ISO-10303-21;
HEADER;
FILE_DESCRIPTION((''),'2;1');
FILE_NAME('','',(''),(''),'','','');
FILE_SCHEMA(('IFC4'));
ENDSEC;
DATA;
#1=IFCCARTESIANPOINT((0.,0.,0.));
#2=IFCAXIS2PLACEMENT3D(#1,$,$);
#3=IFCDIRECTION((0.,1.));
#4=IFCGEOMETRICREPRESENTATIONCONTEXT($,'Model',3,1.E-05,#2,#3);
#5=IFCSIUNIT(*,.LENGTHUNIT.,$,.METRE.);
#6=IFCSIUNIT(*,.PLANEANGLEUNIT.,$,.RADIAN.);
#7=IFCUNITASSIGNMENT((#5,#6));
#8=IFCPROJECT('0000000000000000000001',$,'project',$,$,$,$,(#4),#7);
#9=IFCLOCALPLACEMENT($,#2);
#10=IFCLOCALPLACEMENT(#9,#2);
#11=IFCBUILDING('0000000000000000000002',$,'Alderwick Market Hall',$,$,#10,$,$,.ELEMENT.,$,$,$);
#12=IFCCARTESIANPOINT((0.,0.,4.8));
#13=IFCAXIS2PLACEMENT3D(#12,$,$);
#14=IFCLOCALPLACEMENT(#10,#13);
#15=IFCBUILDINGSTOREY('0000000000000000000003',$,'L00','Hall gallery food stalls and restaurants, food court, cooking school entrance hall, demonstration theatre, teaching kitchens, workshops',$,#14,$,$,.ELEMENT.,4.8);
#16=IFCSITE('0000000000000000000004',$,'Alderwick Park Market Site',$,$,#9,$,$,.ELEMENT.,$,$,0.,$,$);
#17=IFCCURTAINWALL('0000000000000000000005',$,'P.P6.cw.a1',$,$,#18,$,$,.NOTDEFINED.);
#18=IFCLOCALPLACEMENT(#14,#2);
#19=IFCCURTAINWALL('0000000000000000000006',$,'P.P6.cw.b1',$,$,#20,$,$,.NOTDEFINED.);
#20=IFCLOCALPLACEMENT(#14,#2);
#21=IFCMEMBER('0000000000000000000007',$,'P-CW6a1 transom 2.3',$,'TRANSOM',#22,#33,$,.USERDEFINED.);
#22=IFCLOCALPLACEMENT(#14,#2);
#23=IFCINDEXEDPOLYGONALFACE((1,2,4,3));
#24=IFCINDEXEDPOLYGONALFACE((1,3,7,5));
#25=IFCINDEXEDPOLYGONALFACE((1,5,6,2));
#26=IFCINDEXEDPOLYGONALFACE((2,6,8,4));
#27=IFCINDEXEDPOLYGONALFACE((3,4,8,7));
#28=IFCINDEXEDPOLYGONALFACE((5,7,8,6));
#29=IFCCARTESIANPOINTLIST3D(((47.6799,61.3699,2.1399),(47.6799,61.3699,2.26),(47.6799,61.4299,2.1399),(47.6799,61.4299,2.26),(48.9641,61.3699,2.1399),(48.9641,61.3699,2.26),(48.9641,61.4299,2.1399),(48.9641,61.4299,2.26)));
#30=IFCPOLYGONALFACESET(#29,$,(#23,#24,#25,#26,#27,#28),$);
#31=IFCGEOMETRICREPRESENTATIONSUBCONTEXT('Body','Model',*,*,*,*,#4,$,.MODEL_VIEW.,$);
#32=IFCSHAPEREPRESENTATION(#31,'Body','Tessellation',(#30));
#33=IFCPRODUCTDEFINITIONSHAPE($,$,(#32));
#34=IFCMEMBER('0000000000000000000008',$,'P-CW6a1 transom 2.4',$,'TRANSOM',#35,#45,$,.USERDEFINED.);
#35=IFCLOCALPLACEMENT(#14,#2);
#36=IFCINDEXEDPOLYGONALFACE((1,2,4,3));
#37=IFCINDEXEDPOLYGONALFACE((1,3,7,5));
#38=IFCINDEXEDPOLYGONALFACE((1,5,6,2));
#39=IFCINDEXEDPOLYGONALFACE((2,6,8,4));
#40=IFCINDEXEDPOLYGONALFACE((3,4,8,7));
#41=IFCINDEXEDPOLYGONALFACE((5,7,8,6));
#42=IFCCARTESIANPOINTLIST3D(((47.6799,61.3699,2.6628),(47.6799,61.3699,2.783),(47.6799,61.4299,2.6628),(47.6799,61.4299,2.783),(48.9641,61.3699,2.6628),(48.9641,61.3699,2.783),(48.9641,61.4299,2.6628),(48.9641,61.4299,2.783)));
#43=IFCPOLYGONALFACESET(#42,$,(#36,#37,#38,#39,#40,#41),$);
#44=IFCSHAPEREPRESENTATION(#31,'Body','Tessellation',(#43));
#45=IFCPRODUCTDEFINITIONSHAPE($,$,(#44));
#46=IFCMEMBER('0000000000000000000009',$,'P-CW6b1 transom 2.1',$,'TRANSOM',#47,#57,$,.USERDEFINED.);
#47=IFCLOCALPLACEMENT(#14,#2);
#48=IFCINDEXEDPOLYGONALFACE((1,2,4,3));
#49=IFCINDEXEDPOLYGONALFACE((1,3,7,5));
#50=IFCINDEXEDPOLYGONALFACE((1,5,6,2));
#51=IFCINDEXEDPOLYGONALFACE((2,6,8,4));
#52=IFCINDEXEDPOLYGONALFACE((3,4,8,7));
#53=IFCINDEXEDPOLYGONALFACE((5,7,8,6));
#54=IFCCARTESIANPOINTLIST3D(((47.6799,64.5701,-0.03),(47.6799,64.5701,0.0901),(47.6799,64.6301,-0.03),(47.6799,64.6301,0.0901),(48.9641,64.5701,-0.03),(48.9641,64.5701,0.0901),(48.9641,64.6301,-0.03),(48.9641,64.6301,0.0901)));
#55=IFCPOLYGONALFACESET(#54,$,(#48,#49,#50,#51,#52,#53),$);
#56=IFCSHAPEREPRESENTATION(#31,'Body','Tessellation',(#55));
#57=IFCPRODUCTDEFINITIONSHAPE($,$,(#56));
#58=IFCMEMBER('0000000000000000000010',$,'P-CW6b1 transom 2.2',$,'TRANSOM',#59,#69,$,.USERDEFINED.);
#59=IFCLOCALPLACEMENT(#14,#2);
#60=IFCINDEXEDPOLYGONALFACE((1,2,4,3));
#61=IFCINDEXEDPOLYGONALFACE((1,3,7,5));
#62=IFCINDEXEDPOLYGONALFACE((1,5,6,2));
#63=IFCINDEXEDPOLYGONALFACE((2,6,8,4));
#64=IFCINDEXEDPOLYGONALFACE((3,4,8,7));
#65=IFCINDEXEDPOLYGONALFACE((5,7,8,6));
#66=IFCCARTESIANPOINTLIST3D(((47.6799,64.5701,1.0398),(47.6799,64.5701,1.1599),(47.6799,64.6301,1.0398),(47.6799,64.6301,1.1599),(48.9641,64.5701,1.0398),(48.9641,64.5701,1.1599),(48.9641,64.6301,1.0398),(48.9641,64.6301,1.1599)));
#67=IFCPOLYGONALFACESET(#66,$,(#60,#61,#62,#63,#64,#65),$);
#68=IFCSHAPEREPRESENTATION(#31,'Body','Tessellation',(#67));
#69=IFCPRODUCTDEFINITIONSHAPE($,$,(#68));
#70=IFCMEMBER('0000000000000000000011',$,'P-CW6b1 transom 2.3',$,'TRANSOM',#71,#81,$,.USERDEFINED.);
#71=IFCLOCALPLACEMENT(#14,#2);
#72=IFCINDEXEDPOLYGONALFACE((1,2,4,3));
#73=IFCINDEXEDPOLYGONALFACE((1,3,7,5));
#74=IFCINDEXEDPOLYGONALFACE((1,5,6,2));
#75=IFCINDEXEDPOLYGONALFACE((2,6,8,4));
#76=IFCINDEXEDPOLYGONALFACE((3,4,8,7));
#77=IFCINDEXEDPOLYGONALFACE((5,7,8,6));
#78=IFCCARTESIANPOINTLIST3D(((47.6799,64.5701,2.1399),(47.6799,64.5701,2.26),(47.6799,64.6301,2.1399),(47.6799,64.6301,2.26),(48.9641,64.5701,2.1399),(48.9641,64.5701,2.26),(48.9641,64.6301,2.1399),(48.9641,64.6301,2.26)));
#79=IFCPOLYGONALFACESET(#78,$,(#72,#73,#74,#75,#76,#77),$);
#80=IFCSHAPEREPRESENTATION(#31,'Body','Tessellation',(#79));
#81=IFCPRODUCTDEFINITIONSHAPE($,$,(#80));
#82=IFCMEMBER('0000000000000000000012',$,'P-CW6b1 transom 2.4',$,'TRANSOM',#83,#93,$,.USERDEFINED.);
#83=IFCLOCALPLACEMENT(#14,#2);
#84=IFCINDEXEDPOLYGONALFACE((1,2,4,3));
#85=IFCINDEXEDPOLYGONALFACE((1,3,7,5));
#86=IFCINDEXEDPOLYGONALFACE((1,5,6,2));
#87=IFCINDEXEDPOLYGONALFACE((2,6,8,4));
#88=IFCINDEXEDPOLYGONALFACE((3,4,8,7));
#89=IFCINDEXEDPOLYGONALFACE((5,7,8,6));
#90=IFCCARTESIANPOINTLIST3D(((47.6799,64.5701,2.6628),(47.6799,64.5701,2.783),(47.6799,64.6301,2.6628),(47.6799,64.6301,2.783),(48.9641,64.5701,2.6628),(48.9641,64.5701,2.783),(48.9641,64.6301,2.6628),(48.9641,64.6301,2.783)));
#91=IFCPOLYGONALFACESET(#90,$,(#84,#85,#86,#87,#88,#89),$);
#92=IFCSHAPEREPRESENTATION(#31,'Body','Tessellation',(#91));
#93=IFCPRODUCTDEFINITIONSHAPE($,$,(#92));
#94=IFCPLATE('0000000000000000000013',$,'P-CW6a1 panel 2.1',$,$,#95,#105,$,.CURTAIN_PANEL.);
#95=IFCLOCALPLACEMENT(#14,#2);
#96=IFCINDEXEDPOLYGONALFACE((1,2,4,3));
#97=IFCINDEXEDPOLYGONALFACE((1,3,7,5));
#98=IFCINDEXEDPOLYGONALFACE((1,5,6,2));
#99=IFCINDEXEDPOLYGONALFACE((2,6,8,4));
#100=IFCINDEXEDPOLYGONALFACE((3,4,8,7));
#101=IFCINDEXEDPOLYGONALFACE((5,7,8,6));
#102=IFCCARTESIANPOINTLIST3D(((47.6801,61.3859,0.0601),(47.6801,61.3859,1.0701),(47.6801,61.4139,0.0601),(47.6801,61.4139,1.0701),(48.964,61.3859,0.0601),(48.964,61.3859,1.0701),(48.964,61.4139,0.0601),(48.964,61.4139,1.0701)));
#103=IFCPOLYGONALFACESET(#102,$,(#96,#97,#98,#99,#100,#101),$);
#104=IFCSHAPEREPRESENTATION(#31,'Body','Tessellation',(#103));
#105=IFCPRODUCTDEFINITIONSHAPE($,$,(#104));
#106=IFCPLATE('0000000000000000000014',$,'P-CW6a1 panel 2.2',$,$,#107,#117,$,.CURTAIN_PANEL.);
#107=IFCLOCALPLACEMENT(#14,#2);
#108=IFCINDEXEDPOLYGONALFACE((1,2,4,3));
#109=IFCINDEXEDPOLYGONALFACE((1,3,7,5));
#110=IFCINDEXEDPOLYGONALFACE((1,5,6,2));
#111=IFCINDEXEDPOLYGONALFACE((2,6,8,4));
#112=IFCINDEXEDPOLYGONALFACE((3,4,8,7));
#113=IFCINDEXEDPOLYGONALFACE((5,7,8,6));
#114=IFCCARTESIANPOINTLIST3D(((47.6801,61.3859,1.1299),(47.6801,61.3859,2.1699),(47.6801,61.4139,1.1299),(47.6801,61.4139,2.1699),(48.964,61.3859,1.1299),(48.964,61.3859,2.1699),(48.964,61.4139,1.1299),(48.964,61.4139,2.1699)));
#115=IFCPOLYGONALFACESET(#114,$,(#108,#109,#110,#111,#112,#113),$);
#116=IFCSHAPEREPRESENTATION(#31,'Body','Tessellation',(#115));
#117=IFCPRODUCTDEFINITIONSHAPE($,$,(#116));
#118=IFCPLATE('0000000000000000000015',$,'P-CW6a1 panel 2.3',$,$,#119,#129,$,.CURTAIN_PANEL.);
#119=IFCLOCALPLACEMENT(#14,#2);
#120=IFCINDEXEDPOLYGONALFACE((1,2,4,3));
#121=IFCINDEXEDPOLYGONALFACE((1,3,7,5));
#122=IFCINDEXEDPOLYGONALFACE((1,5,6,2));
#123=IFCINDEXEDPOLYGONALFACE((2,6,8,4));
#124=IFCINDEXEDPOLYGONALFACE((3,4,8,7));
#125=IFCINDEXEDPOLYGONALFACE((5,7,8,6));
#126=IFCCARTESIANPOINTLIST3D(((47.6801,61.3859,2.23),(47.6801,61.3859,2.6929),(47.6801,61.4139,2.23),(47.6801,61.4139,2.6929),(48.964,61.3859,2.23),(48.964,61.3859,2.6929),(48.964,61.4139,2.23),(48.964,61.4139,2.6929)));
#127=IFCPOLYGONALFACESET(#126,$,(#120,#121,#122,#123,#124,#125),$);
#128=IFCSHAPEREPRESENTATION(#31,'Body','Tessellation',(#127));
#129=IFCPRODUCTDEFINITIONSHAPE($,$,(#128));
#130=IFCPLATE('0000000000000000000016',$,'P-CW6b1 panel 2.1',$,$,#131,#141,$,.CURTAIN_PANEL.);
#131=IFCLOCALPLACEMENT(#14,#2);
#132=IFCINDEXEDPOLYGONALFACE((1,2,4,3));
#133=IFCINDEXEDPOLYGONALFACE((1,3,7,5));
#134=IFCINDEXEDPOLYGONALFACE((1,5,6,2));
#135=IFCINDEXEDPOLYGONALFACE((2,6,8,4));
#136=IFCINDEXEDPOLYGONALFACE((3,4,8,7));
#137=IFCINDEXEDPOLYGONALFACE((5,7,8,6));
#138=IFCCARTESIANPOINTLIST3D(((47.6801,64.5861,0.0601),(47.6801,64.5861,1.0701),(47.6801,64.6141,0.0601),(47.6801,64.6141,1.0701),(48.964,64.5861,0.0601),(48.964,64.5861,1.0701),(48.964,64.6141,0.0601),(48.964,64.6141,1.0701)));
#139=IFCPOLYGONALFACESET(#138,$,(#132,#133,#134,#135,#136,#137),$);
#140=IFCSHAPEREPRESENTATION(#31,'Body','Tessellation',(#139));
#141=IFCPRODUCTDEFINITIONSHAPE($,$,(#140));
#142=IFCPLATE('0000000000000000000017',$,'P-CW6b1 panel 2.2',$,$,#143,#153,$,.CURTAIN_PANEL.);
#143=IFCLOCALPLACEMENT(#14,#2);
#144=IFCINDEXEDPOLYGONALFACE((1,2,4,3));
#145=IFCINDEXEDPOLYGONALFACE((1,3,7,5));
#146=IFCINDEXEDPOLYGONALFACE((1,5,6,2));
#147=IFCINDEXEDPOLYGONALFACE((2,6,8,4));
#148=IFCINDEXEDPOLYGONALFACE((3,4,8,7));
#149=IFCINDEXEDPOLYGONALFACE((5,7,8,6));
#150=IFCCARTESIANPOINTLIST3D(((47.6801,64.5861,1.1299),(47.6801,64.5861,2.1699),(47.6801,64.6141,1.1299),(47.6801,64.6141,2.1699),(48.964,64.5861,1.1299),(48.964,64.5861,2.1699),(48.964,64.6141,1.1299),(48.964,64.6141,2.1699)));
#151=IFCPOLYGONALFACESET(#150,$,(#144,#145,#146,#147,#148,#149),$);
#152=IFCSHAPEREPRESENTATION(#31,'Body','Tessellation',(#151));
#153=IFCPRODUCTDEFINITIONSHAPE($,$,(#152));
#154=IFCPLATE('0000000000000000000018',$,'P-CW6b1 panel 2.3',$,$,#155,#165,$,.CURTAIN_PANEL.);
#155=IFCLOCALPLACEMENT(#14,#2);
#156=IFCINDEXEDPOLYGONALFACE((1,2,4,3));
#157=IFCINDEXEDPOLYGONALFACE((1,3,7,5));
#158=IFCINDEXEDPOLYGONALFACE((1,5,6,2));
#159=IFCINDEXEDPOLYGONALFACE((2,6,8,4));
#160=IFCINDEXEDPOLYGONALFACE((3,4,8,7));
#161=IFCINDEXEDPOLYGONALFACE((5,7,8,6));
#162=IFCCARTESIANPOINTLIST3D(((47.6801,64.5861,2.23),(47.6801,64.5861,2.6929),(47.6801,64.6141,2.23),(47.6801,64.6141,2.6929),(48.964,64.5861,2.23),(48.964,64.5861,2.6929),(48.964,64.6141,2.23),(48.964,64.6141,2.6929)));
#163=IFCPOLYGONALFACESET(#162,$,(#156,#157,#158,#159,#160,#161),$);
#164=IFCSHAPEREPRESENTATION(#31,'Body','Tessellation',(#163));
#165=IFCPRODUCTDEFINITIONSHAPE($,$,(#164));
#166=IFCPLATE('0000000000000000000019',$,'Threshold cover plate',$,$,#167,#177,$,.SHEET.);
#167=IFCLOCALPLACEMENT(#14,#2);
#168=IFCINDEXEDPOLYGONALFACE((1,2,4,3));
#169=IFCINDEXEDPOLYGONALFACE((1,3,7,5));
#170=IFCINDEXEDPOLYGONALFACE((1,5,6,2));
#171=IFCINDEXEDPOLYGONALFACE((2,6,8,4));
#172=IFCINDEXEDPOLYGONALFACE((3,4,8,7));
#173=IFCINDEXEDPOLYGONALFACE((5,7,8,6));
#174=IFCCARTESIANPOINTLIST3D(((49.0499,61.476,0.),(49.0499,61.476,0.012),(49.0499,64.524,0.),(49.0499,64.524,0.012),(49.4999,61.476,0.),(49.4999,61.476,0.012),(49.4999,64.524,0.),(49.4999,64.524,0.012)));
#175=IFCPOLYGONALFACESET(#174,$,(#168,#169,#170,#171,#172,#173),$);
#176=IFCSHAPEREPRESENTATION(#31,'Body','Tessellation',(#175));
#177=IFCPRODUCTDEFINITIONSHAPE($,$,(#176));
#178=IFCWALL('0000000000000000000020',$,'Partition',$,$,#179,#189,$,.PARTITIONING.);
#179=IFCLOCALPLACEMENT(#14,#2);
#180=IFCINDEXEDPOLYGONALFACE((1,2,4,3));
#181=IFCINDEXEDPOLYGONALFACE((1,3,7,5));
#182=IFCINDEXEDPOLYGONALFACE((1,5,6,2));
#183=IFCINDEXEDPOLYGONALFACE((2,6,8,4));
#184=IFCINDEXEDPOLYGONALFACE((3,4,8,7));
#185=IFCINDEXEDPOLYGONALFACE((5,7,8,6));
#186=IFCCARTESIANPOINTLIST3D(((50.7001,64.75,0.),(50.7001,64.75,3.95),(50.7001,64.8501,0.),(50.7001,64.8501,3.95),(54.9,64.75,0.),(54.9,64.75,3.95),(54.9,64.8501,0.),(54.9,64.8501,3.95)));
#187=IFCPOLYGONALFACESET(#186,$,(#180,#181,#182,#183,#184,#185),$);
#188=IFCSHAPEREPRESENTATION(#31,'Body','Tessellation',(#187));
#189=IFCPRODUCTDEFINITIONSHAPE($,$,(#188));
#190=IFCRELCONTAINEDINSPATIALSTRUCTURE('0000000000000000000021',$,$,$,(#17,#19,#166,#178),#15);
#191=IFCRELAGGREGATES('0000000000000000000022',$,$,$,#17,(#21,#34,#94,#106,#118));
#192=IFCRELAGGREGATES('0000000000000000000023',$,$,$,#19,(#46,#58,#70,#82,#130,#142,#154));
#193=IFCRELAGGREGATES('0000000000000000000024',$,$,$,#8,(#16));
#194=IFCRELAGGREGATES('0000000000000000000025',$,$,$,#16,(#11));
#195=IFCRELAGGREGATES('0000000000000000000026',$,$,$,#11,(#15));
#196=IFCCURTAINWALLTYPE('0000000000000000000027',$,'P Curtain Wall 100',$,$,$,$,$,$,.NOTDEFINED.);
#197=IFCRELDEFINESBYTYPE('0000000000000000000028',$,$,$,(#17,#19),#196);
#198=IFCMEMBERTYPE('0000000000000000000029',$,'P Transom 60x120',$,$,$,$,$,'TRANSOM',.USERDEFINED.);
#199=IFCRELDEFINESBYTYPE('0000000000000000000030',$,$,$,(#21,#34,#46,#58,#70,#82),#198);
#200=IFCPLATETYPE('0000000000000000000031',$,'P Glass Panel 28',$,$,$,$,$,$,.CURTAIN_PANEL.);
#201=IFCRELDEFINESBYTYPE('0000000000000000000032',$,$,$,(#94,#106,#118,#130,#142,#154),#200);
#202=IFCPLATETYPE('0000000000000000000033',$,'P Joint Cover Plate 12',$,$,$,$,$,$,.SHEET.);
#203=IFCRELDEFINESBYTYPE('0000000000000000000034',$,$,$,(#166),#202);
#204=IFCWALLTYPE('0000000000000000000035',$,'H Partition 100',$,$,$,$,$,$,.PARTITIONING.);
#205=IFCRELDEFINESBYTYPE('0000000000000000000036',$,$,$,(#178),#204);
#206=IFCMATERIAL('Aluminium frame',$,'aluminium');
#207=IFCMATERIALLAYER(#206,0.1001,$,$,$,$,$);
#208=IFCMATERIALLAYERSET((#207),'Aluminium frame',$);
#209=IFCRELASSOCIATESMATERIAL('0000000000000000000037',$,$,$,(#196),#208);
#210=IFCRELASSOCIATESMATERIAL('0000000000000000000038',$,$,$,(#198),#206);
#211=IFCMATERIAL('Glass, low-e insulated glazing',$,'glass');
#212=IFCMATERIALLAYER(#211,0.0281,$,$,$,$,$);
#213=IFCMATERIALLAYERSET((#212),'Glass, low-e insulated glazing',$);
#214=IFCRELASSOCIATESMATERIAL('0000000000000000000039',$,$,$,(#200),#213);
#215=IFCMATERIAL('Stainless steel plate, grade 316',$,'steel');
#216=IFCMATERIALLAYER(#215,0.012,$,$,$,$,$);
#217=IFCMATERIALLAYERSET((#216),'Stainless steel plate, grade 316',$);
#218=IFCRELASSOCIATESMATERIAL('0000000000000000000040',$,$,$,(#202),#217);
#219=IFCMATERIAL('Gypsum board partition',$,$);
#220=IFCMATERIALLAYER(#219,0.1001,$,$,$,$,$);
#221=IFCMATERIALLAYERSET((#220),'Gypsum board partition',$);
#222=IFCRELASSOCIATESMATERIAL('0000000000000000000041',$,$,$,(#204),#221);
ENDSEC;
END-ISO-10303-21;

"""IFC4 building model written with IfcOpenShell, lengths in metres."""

from ifc_helpers import new_model, si_unit, direction, frame, frame_2d, origin, origin_2d, place, context, subcontext, project, spatial, rectangle, extrude, material, layer, layer_set, material_profile, profile_set, type_object, element, aggregate, save


model = new_model("IFC4")

# Units and contexts
model_context = context("Model", 3, precision=1e-05, world=origin(), true_north=direction((0.0, 1.0)))
body_context = subcontext(model_context, "Body", "Model", "MODEL_VIEW")
ifc_project = project(units=[si_unit("LENGTHUNIT", "METRE"), si_unit("PLANEANGLEUNIT", "RADIAN")], contexts=[model_context])

# Site, building, storey
site_placement = place(None, origin())
site = spatial("IfcSite", under=ifc_project, at=site_placement, Name="Alderwick Park Market Site", CompositionType="ELEMENT", RefElevation=0.0)
building_placement = place(site_placement, origin())
building = spatial("IfcBuilding", under=site, at=building_placement, Name="Alderwick Market Hall", CompositionType="ELEMENT")
storey_placement = place(building_placement, frame((0.0, 0.0, 4.8)))
storey = spatial("IfcBuildingStorey", under=building, at=storey_placement, Name="L00", Description="Hall gallery food stalls and restaurants, food court, cooking school entrance hall, demonstration theatre, teaching kitchens, workshops", CompositionType="ELEMENT", Elevation=4.8)

# Curtain walls
ifc_material_1 = material(Name="Aluminium frame", Category="aluminium")
ifc_layer_1 = layer(ifc_material_1, 0.1001)
ifc_layer_set_1 = layer_set([ifc_layer_1], Name="Aluminium frame")
curtain_wall_type = type_object("IfcCurtainWallType", Name="P Curtain Wall 100", PredefinedType="NOTDEFINED", material=ifc_layer_set_1)
curtain_wall_1_placement = place(storey_placement, origin())
curtain_wall_1 = element("IfcCurtainWall", 1, at=curtain_wall_1_placement, inside=storey, type_object=curtain_wall_type, Name="P.P6.cw.a1", PredefinedType="NOTDEFINED")
curtain_wall_2_placement = place(storey_placement, origin())
curtain_wall_2 = element("IfcCurtainWall", 2, at=curtain_wall_2_placement, inside=storey, type_object=curtain_wall_type, Name="P.P6.cw.b1", PredefinedType="NOTDEFINED")

# Members
ifc_material_profile_1 = material_profile(ifc_material_1, rectangle(XDim=0.0601, YDim=0.1201, at=origin_2d()), Name="P Transom 60x120")
ifc_profile_set_1 = profile_set([ifc_material_profile_1], Name="Aluminium frame")
member_type_1 = type_object("IfcMemberType", Name="P Transom 60x120", ElementType="TRANSOM", PredefinedType="USERDEFINED", material=ifc_profile_set_1)
member_1_placement = place(storey_placement, frame((47.6799, 61.3999, 2.2), z_axis=(1.0, 0.0, 0.0), x_axis=(0.0, 1.0, 0.0)))
member_1 = element("IfcMember", 3, at=member_1_placement, type_object=member_type_1, Name="P-CW6a1 transom 2.3", ObjectType="TRANSOM", PredefinedType="USERDEFINED", context=body_context, shape_type="SweptSolid", body=[
    extrude(rectangle(XDim=0.0601, YDim=0.1201, at=origin_2d()), origin(), (0.0, 0.0, 1.0), 1.2842),
])
member_2_placement = place(storey_placement, frame((47.6799, 61.3999, 2.7229), z_axis=(1.0, 0.0, 0.0), x_axis=(0.0, 1.0, 0.0)))
member_2 = element("IfcMember", 4, at=member_2_placement, type_object=member_type_1, Name="P-CW6a1 transom 2.4", ObjectType="TRANSOM", PredefinedType="USERDEFINED", context=body_context, shape_type="SweptSolid", body=[
    extrude(rectangle(XDim=0.0601, YDim=0.1201, at=origin_2d()), origin(), (0.0, 0.0, 1.0), 1.2842),
])
member_3_placement = place(storey_placement, frame((47.6799, 64.6001, 0.03), z_axis=(1.0, 0.0, 0.0), x_axis=(0.0, 1.0, 0.0)))
member_3 = element("IfcMember", 5, at=member_3_placement, type_object=member_type_1, Name="P-CW6b1 transom 2.1", ObjectType="TRANSOM", PredefinedType="USERDEFINED", context=body_context, shape_type="SweptSolid", body=[
    extrude(rectangle(XDim=0.0601, YDim=0.1201, at=origin_2d()), origin(), (0.0, 0.0, 1.0), 1.2842),
])
member_4_placement = place(storey_placement, frame((47.6799, 64.6001, 1.0999), z_axis=(1.0, 0.0, 0.0), x_axis=(0.0, 1.0, 0.0)))
member_4 = element("IfcMember", 6, at=member_4_placement, type_object=member_type_1, Name="P-CW6b1 transom 2.2", ObjectType="TRANSOM", PredefinedType="USERDEFINED", context=body_context, shape_type="SweptSolid", body=[
    extrude(rectangle(XDim=0.0601, YDim=0.1201, at=origin_2d()), origin(), (0.0, 0.0, 1.0), 1.2842),
])
member_5_placement = place(storey_placement, frame((47.6799, 64.6001, 2.2), z_axis=(1.0, 0.0, 0.0), x_axis=(0.0, 1.0, 0.0)))
member_5 = element("IfcMember", 7, at=member_5_placement, type_object=member_type_1, Name="P-CW6b1 transom 2.3", ObjectType="TRANSOM", PredefinedType="USERDEFINED", context=body_context, shape_type="SweptSolid", body=[
    extrude(rectangle(XDim=0.0601, YDim=0.1201, at=origin_2d()), origin(), (0.0, 0.0, 1.0), 1.2842),
])
member_6_placement = place(storey_placement, frame((47.6799, 64.6001, 2.7229), z_axis=(1.0, 0.0, 0.0), x_axis=(0.0, 1.0, 0.0)))
member_6 = element("IfcMember", 8, at=member_6_placement, type_object=member_type_1, Name="P-CW6b1 transom 2.4", ObjectType="TRANSOM", PredefinedType="USERDEFINED", context=body_context, shape_type="SweptSolid", body=[
    extrude(rectangle(XDim=0.0601, YDim=0.1201, at=origin_2d()), origin(), (0.0, 0.0, 1.0), 1.2842),
])

# Plates
ifc_material_2 = material(Name="Glass, low-e insulated glazing", Category="glass")
ifc_layer_2 = layer(ifc_material_2, 0.0281)
ifc_layer_set_2 = layer_set([ifc_layer_2], Name="Glass, low-e insulated glazing")
plate_type_1 = type_object("IfcPlateType", Name="P Glass Panel 28", PredefinedType="CURTAIN_PANEL", material=ifc_layer_set_2)
plate_1_placement = place(storey_placement, frame((48.322, 61.3999, 0.0601), z_axis=(0.0, 0.0, 1.0), x_axis=(1.0, 0.0, 0.0)))
plate_1 = element("IfcPlate", 9, at=plate_1_placement, type_object=plate_type_1, Name="P-CW6a1 panel 2.1", PredefinedType="CURTAIN_PANEL", context=body_context, shape_type="SweptSolid", body=[
    extrude(rectangle(XDim=1.2839, YDim=0.0281, at=origin_2d()), origin(), (0.0, 0.0, 1.0), 1.01),
])
plate_2_placement = place(storey_placement, frame((48.322, 61.3999, 1.1299), z_axis=(0.0, 0.0, 1.0), x_axis=(1.0, 0.0, 0.0)))
plate_2 = element("IfcPlate", 10, at=plate_2_placement, type_object=plate_type_1, Name="P-CW6a1 panel 2.2", PredefinedType="CURTAIN_PANEL", context=body_context, shape_type="SweptSolid", body=[
    extrude(rectangle(XDim=1.2839, YDim=0.0281, at=origin_2d()), origin(), (0.0, 0.0, 1.0), 1.04),
])
plate_3_placement = place(storey_placement, frame((48.322, 61.3999, 2.23), z_axis=(0.0, 0.0, 1.0), x_axis=(1.0, 0.0, 0.0)))
plate_3 = element("IfcPlate", 11, at=plate_3_placement, type_object=plate_type_1, Name="P-CW6a1 panel 2.3", PredefinedType="CURTAIN_PANEL", context=body_context, shape_type="SweptSolid", body=[
    extrude(rectangle(XDim=1.2839, YDim=0.0281, at=origin_2d()), origin(), (0.0, 0.0, 1.0), 0.4629),
])
aggregate(curtain_wall_1, [member_1, member_2, plate_1, plate_2, plate_3])
plate_4_placement = place(storey_placement, frame((48.322, 64.6001, 0.0601), z_axis=(0.0, 0.0, 1.0), x_axis=(1.0, 0.0, 0.0)))
plate_4 = element("IfcPlate", 12, at=plate_4_placement, type_object=plate_type_1, Name="P-CW6b1 panel 2.1", PredefinedType="CURTAIN_PANEL", context=body_context, shape_type="SweptSolid", body=[
    extrude(rectangle(XDim=1.2839, YDim=0.0281, at=origin_2d()), origin(), (0.0, 0.0, 1.0), 1.01),
])
plate_5_placement = place(storey_placement, frame((48.322, 64.6001, 1.1299), z_axis=(0.0, 0.0, 1.0), x_axis=(1.0, 0.0, 0.0)))
plate_5 = element("IfcPlate", 13, at=plate_5_placement, type_object=plate_type_1, Name="P-CW6b1 panel 2.2", PredefinedType="CURTAIN_PANEL", context=body_context, shape_type="SweptSolid", body=[
    extrude(rectangle(XDim=1.2839, YDim=0.0281, at=origin_2d()), origin(), (0.0, 0.0, 1.0), 1.04),
])
plate_6_placement = place(storey_placement, frame((48.322, 64.6001, 2.23), z_axis=(0.0, 0.0, 1.0), x_axis=(1.0, 0.0, 0.0)))
plate_6 = element("IfcPlate", 14, at=plate_6_placement, type_object=plate_type_1, Name="P-CW6b1 panel 2.3", PredefinedType="CURTAIN_PANEL", context=body_context, shape_type="SweptSolid", body=[
    extrude(rectangle(XDim=1.2839, YDim=0.0281, at=origin_2d()), origin(), (0.0, 0.0, 1.0), 0.4629),
])
aggregate(curtain_wall_2, [member_3, member_4, member_5, member_6, plate_4, plate_5, plate_6])
ifc_material_3 = material(Name="Stainless steel plate, grade 316", Category="steel")
ifc_layer_3 = layer(ifc_material_3, 0.012)
ifc_layer_set_3 = layer_set([ifc_layer_3], Name="Stainless steel plate, grade 316")
plate_type_2 = type_object("IfcPlateType", Name="P Joint Cover Plate 12", PredefinedType="SHEET", material=ifc_layer_set_3)
plate_7_placement = place(storey_placement, frame((49.2749, 63.0, 0.0), z_axis=(0.0, 0.0, 1.0), x_axis=(1.0, 0.0, 0.0)))
element("IfcPlate", 15, at=plate_7_placement, inside=storey, type_object=plate_type_2, Name="Threshold cover plate", PredefinedType="SHEET", context=body_context, shape_type="SweptSolid", body=[
    extrude(rectangle(XDim=0.45, YDim=3.0481, at=origin_2d()), origin(), (0.0, 0.0, 1.0), 0.012),
])

# Wall
ifc_material_4 = material(Name="Gypsum board partition")
ifc_layer_4 = layer(ifc_material_4, 0.1001)
ifc_layer_set_4 = layer_set([ifc_layer_4], Name="Gypsum board partition")
wall_type = type_object("IfcWallType", Name="H Partition 100", PredefinedType="PARTITIONING", material=ifc_layer_set_4)
for number, where, z_axis, x_axis, name in (
    (16, (50.7, 64.8, 0.0), (0.0, 0.0, 1.0), (1.0, 0.0, 0.0), "Partition"),
):
    element("IfcWall", number, at=place(storey_placement, frame(where, z_axis=z_axis, x_axis=x_axis)), inside=storey, type_object=wall_type, Name=name, PredefinedType="PARTITIONING", context=body_context, shape_type="SweptSolid", body=[
        extrude(rectangle(XDim=4.2, YDim=0.1001, at=frame_2d((2.1001, 0.0))), origin(), (0.0, 0.0, 1.0), 3.95),
    ])

save(model, "model.ifc")
